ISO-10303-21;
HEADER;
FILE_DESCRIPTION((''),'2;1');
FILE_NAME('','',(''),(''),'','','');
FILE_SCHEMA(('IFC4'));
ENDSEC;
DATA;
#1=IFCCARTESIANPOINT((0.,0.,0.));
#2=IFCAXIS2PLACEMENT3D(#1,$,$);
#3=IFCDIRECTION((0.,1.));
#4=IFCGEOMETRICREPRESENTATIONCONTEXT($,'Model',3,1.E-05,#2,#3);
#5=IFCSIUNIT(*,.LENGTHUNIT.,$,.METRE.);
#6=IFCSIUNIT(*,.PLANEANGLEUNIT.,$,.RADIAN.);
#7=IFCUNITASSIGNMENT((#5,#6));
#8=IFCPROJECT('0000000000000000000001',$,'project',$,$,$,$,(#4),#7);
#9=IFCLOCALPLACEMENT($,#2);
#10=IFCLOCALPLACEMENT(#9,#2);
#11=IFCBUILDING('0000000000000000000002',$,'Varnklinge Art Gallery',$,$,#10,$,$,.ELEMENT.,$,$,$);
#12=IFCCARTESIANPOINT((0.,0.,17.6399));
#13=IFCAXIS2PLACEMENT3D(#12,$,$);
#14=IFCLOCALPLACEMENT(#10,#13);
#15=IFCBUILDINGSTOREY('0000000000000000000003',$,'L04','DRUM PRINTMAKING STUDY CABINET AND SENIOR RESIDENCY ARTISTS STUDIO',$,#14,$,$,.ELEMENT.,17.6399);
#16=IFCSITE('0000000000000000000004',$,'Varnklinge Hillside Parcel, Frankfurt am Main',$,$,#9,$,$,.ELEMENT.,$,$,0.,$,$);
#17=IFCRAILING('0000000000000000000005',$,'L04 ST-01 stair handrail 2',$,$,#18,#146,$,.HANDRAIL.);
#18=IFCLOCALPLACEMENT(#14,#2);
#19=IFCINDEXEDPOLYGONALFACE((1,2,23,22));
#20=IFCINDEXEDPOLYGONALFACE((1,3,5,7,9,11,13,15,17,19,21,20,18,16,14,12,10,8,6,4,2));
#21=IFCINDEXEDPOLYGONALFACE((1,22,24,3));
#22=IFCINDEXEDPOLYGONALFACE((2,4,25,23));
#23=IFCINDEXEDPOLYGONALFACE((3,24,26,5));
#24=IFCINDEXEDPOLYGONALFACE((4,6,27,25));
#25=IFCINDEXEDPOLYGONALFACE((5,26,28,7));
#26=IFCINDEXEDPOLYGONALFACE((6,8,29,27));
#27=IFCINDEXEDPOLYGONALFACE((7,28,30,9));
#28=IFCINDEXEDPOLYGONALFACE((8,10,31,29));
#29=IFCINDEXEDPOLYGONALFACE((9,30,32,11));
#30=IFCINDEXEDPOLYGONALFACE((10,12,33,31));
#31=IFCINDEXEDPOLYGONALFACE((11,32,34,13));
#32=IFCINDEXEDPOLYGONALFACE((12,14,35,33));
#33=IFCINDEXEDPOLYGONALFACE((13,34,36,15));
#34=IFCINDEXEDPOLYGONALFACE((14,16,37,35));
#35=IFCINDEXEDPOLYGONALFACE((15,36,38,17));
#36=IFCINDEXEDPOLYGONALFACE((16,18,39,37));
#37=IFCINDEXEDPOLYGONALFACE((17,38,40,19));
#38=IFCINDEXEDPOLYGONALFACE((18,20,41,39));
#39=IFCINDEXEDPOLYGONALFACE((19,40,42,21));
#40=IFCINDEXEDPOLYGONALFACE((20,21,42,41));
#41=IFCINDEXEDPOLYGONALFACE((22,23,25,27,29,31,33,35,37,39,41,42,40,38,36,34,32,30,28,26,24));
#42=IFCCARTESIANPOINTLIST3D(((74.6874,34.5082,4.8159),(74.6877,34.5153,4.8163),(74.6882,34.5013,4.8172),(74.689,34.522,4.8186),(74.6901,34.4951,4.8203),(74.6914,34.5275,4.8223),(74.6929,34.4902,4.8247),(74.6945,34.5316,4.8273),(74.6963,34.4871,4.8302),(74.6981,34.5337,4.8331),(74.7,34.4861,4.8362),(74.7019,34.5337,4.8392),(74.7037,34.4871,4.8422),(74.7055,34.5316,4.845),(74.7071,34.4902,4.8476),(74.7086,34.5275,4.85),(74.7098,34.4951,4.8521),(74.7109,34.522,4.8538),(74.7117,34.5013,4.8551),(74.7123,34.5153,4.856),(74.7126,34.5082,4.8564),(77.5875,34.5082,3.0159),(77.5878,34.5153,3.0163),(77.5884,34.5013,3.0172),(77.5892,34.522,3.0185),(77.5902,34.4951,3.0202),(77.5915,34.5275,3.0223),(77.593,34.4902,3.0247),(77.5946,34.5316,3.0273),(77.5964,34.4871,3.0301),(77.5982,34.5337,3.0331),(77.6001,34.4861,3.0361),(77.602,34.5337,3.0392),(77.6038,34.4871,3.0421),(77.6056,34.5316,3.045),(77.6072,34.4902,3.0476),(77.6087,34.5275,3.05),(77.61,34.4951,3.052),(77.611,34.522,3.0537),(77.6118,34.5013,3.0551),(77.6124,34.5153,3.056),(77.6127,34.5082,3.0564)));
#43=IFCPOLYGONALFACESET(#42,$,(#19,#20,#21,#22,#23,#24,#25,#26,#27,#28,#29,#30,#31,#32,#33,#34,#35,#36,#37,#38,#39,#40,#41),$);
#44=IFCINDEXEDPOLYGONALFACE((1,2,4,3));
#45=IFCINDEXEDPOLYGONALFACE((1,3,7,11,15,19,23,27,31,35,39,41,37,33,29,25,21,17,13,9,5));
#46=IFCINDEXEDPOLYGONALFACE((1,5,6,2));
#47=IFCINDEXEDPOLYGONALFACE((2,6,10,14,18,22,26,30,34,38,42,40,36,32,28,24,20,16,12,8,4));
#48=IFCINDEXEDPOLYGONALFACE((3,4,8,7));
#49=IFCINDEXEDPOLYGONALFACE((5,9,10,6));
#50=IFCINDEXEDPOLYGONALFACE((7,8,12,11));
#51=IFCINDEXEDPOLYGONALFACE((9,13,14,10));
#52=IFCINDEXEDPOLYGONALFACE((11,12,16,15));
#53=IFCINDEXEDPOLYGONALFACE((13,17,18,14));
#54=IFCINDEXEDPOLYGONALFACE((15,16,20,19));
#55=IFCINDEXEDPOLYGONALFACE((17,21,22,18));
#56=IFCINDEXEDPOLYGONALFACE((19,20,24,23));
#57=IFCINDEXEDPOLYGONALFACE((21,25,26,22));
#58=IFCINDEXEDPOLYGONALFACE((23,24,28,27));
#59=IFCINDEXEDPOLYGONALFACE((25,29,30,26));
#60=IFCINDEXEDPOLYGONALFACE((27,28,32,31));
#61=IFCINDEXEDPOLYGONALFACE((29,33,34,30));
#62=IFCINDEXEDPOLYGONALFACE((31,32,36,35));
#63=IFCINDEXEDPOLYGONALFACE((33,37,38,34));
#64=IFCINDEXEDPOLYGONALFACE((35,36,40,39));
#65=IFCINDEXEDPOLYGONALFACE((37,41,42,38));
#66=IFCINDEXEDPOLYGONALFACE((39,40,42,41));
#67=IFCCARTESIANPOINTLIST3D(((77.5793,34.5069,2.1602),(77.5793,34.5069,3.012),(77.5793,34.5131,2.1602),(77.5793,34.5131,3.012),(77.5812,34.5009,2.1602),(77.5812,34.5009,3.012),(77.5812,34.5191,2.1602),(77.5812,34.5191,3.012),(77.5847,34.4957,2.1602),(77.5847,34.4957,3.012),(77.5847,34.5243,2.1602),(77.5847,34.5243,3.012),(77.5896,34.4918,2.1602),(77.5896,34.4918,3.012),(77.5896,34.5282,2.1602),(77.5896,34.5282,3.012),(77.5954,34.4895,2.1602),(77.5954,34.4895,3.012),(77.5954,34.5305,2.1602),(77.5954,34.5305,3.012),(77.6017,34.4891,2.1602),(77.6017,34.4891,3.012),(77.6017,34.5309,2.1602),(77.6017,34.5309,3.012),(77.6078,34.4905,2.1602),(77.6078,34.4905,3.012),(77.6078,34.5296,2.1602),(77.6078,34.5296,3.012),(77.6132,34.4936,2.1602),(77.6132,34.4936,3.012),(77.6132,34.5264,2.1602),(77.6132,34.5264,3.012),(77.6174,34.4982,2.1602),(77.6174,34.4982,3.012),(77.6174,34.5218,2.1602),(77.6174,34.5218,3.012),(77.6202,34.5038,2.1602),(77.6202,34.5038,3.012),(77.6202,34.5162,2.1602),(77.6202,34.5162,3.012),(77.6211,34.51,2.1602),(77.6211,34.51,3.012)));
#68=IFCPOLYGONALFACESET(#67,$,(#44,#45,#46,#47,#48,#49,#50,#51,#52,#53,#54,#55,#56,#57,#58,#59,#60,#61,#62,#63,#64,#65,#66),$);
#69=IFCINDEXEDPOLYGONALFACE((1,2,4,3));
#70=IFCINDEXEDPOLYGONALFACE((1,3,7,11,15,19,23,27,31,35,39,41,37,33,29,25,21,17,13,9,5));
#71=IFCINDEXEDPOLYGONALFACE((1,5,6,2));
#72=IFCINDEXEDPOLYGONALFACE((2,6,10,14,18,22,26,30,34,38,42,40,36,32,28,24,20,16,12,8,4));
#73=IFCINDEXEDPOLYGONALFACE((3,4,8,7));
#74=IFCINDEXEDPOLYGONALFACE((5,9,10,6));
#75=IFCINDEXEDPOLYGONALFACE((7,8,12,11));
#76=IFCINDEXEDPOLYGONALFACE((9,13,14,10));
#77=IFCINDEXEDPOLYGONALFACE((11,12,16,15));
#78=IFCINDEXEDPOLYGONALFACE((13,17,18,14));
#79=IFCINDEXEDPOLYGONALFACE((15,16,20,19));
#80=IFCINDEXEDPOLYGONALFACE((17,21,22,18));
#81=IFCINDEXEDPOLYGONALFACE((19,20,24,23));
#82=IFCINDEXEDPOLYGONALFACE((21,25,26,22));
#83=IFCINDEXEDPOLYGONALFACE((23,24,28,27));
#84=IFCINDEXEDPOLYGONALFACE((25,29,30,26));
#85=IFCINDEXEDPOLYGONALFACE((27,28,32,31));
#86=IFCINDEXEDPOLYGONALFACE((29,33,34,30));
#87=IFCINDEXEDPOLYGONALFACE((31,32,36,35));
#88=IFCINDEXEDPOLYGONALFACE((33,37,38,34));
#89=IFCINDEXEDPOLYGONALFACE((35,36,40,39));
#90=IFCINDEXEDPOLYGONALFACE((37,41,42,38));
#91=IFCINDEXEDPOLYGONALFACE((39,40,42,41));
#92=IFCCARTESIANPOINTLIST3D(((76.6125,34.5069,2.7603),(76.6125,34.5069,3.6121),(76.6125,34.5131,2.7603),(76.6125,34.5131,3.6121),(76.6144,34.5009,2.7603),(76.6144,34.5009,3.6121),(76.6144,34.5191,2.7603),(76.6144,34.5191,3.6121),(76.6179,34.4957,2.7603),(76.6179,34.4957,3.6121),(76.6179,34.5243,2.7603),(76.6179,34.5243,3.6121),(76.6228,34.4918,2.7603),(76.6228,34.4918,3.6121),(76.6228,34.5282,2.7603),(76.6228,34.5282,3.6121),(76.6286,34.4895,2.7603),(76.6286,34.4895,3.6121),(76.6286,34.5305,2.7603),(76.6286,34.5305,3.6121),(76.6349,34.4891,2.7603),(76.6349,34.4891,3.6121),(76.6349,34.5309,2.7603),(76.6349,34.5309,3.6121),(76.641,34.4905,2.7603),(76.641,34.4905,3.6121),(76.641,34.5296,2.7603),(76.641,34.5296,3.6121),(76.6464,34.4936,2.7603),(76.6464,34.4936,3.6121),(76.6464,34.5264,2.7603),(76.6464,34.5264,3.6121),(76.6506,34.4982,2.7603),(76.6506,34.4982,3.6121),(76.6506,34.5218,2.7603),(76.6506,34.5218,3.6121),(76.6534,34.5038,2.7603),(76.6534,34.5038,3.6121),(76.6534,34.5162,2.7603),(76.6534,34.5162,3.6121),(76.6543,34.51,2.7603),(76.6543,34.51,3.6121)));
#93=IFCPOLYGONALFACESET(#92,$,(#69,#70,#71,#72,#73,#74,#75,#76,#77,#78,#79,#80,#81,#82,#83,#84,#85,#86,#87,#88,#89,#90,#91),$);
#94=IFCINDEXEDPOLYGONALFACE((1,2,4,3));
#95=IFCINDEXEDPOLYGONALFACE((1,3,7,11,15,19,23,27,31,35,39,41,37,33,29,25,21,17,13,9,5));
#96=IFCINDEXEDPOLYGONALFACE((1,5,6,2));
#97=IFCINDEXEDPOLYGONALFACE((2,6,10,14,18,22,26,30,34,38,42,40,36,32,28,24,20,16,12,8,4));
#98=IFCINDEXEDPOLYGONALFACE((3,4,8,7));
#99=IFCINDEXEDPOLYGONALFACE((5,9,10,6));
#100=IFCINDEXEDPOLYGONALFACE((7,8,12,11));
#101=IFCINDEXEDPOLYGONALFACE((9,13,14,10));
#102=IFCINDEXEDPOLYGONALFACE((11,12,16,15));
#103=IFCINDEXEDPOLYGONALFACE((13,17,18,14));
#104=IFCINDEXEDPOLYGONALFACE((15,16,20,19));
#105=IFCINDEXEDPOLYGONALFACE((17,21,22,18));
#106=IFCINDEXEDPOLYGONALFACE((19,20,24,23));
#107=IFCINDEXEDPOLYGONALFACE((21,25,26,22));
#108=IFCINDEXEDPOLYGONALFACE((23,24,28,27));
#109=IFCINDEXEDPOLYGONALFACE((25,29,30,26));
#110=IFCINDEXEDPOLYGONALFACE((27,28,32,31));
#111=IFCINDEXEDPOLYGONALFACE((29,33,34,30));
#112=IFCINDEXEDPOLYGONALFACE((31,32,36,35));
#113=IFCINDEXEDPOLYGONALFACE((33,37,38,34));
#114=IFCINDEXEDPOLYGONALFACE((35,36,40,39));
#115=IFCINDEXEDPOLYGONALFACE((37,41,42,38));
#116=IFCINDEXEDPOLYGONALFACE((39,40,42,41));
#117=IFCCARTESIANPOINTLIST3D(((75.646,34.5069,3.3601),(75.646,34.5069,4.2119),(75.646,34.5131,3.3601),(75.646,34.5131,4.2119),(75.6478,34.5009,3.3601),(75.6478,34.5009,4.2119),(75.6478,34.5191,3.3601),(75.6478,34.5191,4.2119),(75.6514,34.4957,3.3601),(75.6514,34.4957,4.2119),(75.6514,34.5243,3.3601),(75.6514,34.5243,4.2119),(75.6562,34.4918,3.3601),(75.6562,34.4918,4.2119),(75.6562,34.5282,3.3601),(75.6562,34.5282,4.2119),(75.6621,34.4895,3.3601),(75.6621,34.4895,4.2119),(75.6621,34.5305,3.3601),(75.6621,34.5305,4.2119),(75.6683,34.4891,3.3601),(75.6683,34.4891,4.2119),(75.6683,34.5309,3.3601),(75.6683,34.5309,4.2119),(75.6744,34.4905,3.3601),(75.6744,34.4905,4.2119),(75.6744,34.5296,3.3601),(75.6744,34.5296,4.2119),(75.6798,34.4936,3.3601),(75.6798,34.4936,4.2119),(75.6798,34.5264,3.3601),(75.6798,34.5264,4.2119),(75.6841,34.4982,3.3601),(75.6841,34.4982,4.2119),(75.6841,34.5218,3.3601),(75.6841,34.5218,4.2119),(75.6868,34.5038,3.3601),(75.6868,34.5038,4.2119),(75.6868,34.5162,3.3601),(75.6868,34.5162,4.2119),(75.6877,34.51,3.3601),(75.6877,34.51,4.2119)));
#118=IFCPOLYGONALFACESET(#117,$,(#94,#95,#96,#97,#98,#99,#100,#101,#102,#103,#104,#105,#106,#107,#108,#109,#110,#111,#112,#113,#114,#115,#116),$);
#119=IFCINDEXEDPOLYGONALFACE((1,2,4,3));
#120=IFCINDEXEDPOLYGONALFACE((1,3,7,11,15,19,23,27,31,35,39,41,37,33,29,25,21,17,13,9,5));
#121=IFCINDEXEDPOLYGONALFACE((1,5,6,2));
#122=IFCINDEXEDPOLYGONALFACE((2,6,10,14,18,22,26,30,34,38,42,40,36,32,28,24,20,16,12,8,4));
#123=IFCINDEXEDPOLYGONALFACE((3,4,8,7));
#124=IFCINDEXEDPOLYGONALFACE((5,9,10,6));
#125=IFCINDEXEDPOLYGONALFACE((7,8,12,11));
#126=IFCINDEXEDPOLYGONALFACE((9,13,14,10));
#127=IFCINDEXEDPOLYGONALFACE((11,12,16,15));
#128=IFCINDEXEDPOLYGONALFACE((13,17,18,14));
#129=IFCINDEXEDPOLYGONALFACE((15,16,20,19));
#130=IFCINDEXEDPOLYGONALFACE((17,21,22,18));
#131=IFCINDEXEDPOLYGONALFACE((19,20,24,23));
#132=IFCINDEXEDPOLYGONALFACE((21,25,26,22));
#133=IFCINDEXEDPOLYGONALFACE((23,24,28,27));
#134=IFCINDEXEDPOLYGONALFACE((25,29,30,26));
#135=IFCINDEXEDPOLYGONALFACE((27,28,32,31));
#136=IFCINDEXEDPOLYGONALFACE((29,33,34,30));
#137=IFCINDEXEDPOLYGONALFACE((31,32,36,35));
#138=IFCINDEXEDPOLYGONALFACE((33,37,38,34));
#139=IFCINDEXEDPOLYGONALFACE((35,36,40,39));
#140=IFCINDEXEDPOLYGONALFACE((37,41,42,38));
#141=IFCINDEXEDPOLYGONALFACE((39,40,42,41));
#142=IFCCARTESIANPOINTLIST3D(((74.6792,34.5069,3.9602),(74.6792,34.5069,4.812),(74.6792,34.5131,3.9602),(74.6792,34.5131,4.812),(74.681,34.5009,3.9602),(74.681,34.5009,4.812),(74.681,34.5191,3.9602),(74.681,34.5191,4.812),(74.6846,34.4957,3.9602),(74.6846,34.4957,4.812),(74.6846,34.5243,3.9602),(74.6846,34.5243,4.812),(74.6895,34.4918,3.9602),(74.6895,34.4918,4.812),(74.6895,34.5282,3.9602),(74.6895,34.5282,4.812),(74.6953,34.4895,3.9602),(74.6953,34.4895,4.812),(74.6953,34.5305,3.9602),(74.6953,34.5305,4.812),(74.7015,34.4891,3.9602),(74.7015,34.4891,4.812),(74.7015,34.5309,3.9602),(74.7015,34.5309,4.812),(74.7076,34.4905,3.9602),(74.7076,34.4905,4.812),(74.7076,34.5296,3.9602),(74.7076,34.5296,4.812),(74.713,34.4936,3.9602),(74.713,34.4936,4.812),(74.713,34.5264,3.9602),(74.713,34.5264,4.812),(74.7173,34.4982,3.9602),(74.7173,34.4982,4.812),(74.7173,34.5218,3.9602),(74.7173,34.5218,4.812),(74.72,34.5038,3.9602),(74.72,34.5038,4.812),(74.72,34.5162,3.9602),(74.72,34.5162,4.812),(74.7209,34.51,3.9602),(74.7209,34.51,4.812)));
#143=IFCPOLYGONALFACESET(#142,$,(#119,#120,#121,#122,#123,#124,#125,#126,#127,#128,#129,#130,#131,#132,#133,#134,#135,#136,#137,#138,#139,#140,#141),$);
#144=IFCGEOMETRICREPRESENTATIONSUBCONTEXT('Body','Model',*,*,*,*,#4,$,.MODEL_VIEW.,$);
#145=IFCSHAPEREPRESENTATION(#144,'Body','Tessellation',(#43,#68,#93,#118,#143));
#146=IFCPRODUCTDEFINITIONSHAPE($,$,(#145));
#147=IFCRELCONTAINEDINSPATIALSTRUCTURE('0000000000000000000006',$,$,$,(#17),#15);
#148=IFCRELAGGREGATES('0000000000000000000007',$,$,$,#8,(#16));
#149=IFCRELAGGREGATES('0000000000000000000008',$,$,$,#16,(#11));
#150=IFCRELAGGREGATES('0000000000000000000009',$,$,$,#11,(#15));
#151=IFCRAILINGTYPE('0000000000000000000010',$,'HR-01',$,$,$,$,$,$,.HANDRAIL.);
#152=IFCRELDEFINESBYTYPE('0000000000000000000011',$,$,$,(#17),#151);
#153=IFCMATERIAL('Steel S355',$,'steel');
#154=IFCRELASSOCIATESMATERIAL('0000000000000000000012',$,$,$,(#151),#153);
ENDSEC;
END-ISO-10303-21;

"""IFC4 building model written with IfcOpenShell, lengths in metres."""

from ifc_helpers import new_model, si_unit, direction, frame, origin, origin_2d, place, context, subcontext, project, spatial, circle, extrude, material, type_object, element, save


model = new_model("IFC4")

# Units and contexts
model_context = context("Model", 3, precision=1e-05, world=origin(), true_north=direction((0.0, 1.0)))
body_context = subcontext(model_context, "Body", "Model", "MODEL_VIEW")
ifc_project = project(units=[si_unit("LENGTHUNIT", "METRE"), si_unit("PLANEANGLEUNIT", "RADIAN")], contexts=[model_context])

# Site, building, storey
site_placement = place(None, origin())
site = spatial("IfcSite", under=ifc_project, at=site_placement, Name="Varnklinge Hillside Parcel, Frankfurt am Main", CompositionType="ELEMENT", RefElevation=0.0)
building_placement = place(site_placement, origin())
building = spatial("IfcBuilding", under=site, at=building_placement, Name="Varnklinge Art Gallery", CompositionType="ELEMENT")
storey_placement = place(building_placement, frame((0.0, 0.0, 17.6399)))
storey = spatial("IfcBuildingStorey", under=building, at=storey_placement, Name="L04", Description="DRUM PRINTMAKING STUDY CABINET AND SENIOR RESIDENCY ARTISTS STUDIO", CompositionType="ELEMENT", Elevation=17.6399)

# Railing
ifc_material_1 = material(Name="Steel S355", Category="steel")
railing_type_1 = type_object("IfcRailingType", Name="HR-01", PredefinedType="HANDRAIL", material=ifc_material_1)
railing_1_placement = place(storey_placement, frame((77.6001, 34.51, 2.1602)))
element("IfcRailing", 1, at=railing_1_placement, inside=storey, type_object=railing_type_1, Name="L04 ST-01 stair handrail 2", PredefinedType="HANDRAIL", context=body_context, shape_type="SweptSolid", body=[
    extrude(circle(Radius=0.0239, at=origin_2d()), frame((0.0, 0.0, 0.876), z_axis=(-0.849646, 0.0, 0.527354), x_axis=(0.0, -1.0, 0.0)), (0.0, 0.0, 1.0), 3.4133),
    extrude(circle(Radius=0.021, at=origin_2d()), origin(), (0.0, 0.0, 1.0), 0.8518),
    extrude(circle(Radius=0.021, at=origin_2d()), frame((-0.9668, 0.0, 0.6001)), (0.0, 0.0, 1.0), 0.8518),
    extrude(circle(Radius=0.021, at=origin_2d()), frame((-1.9333, 0.0, 1.2)), (0.0, 0.0, 1.0), 0.8518),
    extrude(circle(Radius=0.021, at=origin_2d()), frame((-2.9001, 0.0, 1.8)), (0.0, 0.0, 1.0), 0.8518),
])

save(model, "model.ifc")
